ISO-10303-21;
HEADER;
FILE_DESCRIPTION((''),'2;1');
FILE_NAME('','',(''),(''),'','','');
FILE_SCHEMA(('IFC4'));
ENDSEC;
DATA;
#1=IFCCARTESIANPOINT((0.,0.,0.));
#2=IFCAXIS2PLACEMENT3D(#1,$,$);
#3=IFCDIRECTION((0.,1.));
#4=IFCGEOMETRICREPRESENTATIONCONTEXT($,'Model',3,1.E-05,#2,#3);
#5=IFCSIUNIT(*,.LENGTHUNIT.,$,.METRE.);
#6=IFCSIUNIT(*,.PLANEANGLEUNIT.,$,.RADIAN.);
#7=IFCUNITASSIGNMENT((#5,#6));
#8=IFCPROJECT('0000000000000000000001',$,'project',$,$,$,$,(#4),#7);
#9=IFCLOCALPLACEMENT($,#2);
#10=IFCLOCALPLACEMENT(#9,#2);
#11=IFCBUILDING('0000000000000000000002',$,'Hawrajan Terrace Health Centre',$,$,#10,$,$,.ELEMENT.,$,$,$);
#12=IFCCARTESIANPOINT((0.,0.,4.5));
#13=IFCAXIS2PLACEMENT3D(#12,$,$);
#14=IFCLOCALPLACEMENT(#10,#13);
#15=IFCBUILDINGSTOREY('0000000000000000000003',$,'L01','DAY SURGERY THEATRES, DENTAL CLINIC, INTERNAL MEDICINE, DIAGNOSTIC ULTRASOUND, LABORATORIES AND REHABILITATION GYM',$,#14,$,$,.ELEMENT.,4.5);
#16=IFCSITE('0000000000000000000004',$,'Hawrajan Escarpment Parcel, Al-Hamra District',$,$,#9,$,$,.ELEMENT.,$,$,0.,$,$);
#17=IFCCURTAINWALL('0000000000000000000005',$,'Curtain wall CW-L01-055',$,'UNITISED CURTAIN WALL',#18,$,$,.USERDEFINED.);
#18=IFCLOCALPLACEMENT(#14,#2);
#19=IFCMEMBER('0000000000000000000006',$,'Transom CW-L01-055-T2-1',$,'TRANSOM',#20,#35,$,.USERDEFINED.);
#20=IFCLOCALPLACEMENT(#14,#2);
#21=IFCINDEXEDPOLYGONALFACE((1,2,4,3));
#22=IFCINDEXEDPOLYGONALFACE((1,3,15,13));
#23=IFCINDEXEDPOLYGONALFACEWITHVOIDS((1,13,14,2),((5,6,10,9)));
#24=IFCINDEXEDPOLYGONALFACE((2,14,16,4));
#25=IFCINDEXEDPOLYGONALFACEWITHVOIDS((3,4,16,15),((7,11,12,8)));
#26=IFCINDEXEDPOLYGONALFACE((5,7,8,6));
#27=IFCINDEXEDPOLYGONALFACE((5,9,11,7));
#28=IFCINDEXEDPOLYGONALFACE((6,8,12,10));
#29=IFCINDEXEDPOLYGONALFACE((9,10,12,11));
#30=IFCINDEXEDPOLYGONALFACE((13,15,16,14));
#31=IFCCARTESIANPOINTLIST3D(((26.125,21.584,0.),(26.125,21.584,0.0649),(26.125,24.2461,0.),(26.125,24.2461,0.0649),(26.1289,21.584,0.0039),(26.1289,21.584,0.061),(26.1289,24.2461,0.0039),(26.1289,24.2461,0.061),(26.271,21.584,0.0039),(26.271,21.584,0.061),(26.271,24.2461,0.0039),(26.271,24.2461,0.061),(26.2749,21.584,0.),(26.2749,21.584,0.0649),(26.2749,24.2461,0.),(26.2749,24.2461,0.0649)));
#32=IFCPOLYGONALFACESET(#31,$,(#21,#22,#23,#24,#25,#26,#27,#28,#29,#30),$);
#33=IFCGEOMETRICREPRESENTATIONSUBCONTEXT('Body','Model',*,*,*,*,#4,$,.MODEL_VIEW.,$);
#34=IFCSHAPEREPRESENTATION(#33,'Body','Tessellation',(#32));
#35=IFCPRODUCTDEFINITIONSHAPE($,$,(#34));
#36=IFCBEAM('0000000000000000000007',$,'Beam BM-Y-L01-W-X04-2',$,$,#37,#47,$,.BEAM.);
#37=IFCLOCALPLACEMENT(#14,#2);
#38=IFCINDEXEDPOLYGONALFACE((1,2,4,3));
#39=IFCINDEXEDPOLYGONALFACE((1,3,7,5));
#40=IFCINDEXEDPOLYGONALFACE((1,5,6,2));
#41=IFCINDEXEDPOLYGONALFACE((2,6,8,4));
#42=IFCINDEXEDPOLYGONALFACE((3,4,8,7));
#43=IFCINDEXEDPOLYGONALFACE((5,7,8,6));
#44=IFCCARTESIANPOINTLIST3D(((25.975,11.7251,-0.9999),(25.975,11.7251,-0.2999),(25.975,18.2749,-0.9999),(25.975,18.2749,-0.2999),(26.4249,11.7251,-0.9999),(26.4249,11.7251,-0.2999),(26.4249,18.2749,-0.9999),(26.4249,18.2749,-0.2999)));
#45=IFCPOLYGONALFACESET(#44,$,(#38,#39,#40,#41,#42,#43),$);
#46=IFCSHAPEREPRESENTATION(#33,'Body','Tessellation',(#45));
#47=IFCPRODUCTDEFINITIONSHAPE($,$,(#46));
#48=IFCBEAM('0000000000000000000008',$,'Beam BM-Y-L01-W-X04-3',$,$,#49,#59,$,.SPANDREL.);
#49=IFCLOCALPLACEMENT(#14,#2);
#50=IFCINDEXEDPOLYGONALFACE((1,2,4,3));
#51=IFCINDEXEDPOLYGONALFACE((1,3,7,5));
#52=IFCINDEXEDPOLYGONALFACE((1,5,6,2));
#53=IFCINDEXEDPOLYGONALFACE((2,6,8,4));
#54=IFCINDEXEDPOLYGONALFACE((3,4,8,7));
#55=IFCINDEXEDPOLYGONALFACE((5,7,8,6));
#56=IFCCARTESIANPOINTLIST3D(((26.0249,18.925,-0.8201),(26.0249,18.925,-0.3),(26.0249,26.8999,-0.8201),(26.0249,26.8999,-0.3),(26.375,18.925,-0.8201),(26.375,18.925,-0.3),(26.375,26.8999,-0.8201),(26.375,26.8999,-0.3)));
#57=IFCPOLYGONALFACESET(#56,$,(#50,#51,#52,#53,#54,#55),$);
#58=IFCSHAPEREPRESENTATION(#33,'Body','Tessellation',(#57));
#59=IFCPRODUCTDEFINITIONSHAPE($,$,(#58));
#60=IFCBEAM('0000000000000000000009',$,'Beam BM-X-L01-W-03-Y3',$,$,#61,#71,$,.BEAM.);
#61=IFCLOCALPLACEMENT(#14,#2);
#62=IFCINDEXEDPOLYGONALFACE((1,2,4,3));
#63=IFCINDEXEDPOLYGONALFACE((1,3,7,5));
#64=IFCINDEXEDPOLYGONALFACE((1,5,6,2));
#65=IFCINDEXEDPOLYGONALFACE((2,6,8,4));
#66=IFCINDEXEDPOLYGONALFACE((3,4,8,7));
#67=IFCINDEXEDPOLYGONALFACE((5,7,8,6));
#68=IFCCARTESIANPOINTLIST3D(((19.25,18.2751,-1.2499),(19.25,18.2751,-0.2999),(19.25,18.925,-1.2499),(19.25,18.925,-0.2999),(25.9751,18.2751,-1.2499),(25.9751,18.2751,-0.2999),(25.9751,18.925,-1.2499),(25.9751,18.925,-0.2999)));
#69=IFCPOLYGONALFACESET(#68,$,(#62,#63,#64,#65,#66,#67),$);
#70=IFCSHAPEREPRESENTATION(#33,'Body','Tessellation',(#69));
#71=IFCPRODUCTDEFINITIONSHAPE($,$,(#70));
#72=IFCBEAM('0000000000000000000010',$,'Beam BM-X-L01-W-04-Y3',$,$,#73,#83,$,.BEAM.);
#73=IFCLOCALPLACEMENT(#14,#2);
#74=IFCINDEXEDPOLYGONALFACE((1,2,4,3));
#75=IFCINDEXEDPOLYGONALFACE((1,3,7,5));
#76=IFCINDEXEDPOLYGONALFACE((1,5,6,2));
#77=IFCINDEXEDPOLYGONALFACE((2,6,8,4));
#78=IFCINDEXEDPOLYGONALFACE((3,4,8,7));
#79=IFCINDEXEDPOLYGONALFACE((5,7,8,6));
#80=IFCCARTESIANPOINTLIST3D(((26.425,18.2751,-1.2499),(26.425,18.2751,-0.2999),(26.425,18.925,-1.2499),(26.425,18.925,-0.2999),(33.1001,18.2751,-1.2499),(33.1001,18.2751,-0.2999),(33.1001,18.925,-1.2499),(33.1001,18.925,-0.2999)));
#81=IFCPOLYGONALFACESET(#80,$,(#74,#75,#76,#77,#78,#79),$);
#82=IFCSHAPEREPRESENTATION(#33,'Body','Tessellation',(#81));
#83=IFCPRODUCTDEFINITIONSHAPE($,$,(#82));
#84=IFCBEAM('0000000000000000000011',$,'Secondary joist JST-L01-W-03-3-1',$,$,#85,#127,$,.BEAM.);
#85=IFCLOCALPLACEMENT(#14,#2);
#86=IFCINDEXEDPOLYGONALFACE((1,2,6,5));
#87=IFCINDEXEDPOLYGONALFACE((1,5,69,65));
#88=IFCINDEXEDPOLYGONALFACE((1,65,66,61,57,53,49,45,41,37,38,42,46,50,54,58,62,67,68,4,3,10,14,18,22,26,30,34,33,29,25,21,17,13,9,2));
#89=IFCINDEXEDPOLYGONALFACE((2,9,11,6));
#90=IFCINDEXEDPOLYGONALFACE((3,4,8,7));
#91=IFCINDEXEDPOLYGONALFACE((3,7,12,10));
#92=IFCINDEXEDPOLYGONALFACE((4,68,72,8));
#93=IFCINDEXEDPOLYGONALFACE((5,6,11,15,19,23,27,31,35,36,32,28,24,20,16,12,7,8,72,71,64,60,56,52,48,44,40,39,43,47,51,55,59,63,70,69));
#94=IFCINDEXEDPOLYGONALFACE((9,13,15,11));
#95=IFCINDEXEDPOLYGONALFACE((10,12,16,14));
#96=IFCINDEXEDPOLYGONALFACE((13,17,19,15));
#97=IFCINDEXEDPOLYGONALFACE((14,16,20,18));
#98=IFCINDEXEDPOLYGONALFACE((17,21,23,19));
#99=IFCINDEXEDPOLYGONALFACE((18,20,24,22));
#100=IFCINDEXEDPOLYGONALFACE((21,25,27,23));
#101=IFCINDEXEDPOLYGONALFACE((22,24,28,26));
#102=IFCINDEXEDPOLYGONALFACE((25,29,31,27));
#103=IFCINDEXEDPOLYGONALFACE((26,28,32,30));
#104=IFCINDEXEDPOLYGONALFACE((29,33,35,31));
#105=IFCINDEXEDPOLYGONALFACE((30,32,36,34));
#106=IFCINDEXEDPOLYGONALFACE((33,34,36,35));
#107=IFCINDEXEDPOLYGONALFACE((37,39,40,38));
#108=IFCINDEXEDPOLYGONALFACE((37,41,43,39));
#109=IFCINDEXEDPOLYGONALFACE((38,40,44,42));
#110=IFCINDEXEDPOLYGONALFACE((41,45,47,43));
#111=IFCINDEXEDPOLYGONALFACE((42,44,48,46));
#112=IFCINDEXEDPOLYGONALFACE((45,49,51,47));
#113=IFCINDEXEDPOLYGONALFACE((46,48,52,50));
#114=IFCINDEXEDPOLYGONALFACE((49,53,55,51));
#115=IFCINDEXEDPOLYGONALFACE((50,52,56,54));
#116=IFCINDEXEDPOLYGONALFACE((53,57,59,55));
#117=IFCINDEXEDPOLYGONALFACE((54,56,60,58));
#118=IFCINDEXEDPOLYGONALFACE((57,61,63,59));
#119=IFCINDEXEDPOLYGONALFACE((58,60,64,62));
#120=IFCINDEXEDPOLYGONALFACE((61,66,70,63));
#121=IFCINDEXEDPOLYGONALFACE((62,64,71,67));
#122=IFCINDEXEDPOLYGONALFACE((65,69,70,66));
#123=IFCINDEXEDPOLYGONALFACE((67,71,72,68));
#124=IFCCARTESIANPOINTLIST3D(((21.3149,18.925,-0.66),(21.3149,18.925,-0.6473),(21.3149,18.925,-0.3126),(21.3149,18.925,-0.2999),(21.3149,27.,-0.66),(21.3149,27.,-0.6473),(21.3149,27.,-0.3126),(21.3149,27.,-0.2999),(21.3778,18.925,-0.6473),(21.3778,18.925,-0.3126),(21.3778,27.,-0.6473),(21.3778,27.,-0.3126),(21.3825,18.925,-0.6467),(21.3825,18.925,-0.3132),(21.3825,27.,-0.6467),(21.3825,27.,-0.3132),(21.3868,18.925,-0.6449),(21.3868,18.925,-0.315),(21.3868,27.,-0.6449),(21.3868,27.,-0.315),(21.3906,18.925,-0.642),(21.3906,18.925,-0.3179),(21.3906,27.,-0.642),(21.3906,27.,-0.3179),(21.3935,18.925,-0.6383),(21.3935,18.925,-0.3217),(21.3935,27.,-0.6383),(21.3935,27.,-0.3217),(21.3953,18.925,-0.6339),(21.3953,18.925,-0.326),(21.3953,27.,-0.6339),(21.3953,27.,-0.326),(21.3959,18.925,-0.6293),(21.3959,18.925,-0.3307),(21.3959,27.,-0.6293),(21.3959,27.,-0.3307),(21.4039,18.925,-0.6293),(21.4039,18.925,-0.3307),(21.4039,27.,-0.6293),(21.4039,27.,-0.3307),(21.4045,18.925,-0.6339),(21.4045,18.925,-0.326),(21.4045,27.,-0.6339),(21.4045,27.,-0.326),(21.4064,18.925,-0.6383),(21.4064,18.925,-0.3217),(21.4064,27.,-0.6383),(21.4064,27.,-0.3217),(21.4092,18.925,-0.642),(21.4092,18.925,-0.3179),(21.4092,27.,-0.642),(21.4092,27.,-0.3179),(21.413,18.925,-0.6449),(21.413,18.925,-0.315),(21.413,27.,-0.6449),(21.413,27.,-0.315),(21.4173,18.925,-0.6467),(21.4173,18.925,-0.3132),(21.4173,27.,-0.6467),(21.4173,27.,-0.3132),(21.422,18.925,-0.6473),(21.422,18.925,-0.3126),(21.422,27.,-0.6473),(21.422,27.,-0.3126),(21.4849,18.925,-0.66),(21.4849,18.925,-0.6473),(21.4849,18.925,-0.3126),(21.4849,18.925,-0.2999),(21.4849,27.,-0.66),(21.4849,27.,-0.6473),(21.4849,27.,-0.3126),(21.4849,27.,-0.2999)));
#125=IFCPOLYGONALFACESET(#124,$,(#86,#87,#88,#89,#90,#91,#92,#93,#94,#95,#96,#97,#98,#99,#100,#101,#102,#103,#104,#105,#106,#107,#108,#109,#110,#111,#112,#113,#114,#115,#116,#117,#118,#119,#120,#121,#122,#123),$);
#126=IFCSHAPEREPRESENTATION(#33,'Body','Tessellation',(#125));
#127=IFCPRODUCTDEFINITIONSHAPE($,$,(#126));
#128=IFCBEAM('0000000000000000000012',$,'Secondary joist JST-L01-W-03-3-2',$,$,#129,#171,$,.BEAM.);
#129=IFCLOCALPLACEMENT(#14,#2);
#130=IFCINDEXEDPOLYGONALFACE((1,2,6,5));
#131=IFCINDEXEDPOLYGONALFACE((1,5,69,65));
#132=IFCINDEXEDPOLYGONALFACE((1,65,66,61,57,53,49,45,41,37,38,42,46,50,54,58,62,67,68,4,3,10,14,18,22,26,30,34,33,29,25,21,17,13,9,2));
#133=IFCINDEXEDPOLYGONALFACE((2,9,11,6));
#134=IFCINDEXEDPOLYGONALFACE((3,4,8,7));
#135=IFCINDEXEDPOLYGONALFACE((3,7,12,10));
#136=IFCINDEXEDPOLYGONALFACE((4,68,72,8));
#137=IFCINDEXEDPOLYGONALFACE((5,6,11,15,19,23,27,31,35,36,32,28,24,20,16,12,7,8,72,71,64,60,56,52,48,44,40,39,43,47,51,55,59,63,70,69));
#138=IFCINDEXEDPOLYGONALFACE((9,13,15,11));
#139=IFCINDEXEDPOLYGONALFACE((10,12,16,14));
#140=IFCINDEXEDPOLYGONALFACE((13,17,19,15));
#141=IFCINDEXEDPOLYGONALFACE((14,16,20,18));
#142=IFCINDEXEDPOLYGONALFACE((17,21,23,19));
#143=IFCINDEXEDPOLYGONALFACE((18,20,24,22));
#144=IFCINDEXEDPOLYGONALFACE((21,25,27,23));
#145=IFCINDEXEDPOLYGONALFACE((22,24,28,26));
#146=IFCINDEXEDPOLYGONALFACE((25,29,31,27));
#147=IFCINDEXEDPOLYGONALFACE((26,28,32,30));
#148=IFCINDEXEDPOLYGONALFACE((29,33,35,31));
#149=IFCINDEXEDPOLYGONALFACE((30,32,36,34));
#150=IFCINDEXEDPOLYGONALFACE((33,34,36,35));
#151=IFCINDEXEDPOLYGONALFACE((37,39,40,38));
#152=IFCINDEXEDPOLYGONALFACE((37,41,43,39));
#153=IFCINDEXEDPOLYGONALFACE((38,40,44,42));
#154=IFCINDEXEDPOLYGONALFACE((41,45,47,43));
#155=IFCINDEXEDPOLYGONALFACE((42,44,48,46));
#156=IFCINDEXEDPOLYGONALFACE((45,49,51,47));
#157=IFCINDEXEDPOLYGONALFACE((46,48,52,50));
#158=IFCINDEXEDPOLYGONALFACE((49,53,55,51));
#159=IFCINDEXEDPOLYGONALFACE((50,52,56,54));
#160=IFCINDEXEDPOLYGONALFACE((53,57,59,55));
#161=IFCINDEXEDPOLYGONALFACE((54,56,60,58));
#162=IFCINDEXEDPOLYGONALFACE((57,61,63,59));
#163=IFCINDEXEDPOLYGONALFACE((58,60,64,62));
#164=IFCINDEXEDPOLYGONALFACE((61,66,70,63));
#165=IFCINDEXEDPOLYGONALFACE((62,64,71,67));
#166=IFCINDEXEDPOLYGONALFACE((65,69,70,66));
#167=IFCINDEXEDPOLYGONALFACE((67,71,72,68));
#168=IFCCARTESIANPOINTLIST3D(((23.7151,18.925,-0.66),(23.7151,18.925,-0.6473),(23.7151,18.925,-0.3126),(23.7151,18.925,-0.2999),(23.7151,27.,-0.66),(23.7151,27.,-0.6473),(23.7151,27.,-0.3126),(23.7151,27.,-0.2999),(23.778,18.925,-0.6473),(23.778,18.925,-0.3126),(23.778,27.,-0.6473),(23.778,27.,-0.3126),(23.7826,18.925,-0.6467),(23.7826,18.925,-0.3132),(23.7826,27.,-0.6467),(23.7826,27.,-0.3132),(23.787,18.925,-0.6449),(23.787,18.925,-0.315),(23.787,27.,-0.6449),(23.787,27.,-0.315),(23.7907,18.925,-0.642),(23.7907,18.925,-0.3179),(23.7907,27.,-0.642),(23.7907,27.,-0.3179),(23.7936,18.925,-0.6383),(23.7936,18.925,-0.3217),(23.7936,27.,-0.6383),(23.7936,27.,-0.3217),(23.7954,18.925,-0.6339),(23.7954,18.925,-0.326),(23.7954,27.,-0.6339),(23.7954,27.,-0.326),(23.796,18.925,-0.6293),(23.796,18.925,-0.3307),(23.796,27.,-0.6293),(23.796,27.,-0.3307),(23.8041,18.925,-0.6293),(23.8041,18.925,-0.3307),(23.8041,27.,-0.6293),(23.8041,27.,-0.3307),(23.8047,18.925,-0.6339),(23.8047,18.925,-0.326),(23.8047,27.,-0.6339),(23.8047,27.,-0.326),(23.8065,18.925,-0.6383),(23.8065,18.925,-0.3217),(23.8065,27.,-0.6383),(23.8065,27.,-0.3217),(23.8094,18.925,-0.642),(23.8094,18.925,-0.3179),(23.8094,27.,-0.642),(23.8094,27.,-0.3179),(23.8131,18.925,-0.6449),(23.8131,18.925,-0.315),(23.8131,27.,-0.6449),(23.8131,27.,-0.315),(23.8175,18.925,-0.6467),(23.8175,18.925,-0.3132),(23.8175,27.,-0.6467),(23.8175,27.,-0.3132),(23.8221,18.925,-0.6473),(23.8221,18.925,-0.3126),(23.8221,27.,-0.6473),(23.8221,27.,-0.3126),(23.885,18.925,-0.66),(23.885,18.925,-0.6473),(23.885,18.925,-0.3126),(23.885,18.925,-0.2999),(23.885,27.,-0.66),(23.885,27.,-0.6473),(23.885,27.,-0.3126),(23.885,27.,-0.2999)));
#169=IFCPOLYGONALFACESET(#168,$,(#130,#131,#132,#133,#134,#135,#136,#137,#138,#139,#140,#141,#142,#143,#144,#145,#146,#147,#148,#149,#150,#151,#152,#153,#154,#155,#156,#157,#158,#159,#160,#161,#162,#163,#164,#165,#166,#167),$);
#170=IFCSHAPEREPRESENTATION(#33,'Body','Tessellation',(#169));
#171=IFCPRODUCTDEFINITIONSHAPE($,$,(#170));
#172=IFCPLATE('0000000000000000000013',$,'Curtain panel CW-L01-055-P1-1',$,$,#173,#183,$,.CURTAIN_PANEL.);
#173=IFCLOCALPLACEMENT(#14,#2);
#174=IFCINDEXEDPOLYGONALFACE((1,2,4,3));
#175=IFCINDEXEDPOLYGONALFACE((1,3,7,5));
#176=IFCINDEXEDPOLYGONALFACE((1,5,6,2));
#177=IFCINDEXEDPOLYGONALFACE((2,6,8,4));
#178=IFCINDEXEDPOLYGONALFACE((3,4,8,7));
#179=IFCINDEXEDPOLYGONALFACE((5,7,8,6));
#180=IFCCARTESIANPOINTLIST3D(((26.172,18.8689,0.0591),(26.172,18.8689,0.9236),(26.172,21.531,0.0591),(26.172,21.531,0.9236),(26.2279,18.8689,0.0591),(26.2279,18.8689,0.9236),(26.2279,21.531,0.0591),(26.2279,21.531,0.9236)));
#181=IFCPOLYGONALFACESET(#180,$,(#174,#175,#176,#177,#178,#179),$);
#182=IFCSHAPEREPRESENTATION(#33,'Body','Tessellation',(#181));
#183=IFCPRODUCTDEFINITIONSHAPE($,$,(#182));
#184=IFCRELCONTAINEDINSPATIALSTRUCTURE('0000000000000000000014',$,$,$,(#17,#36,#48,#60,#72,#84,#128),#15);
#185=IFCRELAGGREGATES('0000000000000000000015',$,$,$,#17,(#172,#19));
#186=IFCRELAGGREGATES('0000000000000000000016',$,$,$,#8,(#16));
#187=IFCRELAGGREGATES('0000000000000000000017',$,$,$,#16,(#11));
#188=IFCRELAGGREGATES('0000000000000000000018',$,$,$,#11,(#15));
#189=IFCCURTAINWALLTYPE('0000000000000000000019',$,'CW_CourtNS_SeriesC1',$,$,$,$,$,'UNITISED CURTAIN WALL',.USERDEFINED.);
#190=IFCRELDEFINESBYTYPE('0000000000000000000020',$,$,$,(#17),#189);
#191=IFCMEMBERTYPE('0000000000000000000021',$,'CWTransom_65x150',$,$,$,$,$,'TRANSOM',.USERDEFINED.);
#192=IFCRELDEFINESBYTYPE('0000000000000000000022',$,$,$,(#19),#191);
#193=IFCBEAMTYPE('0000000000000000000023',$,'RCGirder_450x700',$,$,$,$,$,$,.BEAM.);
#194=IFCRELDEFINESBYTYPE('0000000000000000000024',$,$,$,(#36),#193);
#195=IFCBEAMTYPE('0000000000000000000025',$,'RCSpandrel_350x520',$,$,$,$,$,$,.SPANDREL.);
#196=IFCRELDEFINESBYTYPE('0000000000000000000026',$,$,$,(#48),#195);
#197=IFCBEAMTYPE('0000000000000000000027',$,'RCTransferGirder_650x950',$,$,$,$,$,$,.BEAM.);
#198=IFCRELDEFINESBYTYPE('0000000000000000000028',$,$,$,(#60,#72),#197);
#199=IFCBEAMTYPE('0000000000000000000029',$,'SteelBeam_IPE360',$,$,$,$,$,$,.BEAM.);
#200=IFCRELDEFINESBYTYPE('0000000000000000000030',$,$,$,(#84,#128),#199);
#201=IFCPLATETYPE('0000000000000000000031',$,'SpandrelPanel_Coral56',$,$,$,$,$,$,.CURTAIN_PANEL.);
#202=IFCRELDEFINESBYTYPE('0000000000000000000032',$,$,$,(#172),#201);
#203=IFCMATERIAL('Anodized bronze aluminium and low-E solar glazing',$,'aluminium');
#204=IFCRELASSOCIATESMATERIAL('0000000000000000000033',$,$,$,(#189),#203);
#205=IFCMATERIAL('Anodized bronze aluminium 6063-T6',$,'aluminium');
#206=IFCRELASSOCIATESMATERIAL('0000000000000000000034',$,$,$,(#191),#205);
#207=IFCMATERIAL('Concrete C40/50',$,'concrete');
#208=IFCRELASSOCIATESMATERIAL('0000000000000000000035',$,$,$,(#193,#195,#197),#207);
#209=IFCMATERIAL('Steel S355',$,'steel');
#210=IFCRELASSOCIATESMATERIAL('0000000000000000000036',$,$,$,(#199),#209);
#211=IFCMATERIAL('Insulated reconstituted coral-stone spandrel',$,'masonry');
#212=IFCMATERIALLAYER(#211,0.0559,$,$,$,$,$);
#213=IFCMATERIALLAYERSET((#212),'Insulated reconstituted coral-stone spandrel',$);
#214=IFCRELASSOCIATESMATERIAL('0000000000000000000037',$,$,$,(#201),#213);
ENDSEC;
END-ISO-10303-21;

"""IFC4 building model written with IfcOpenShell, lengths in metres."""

from ifc_helpers import new_model, si_unit, direction, frame, origin, origin_2d, place, context, subcontext, project, spatial, rectangle, hollow_rectangle, i_section, extrude, material, layer, layer_set, material_profile, profile_set, type_object, element, aggregate, save


model = new_model("IFC4")

# Units and contexts
model_context = context("Model", 3, precision=1e-05, world=origin(), true_north=direction((0.0, 1.0)))
body_context = subcontext(model_context, "Body", "Model", "MODEL_VIEW")
ifc_project = project(units=[si_unit("LENGTHUNIT", "METRE"), si_unit("PLANEANGLEUNIT", "RADIAN")], contexts=[model_context])

# Site, building, storey
site_placement = place(None, origin())
site = spatial("IfcSite", under=ifc_project, at=site_placement, Name="Hawrajan Escarpment Parcel, Al-Hamra District", CompositionType="ELEMENT", RefElevation=0.0)
building_placement = place(site_placement, origin())
building = spatial("IfcBuilding", under=site, at=building_placement, Name="Hawrajan Terrace Health Centre", CompositionType="ELEMENT")
storey_placement = place(building_placement, frame((0.0, 0.0, 4.5)))
storey = spatial("IfcBuildingStorey", under=building, at=storey_placement, Name="L01", Description="DAY SURGERY THEATRES, DENTAL CLINIC, INTERNAL MEDICINE, DIAGNOSTIC ULTRASOUND, LABORATORIES AND REHABILITATION GYM", CompositionType="ELEMENT", Elevation=4.5)

# Shared definitions
ifc_material_1 = material(Name="Anodized bronze aluminium and low-E solar glazing", Category="aluminium")
ifc_material_2 = material(Name="Anodized bronze aluminium 6063-T6", Category="aluminium")

# Curtain wall
curtain_wall_type_1 = type_object("IfcCurtainWallType", Name="CW_CourtNS_SeriesC1", ElementType="UNITISED CURTAIN WALL", PredefinedType="USERDEFINED", material=ifc_material_1)
curtain_wall_1_placement = place(storey_placement, origin())
curtain_wall_1 = element("IfcCurtainWall", 1, at=curtain_wall_1_placement, inside=storey, type_object=curtain_wall_type_1, Name="Curtain wall CW-L01-055", ObjectType="UNITISED CURTAIN WALL", PredefinedType="USERDEFINED")

# Member
ifc_material_profile_1 = material_profile(ifc_material_2, hollow_rectangle(XDim=0.0649, YDim=0.1499, WallThickness=0.0039, at=origin_2d()), Name="CW TRN 65x150")
ifc_profile_set_1 = profile_set([ifc_material_profile_1], Name="Anodized bronze aluminium 6063-T6")
member_type_1 = type_object("IfcMemberType", Name="CWTransom_65x150", ElementType="TRANSOM", PredefinedType="USERDEFINED", material=ifc_profile_set_1)
member_1_placement = place(storey_placement, frame((26.2, 21.584, 0.0325), z_axis=(0.0, 1.0, 0.0), x_axis=(0.0, 0.0, 1.0)))
member_1 = element("IfcMember", 2, at=member_1_placement, type_object=member_type_1, Name="Transom CW-L01-055-T2-1", ObjectType="TRANSOM", PredefinedType="USERDEFINED", context=body_context, shape_type="SweptSolid", body=[
    extrude(hollow_rectangle(XDim=0.0649, YDim=0.1499, WallThickness=0.0039, at=origin_2d()), origin(), (0.0, 0.0, 1.0), 2.6621),
])

# Beams
ifc_material_3 = material(Name="Concrete C40/50", Category="concrete")
ifc_material_profile_2 = material_profile(ifc_material_3, rectangle(XDim=0.45, YDim=0.7, at=origin_2d()), Name="RC BM 450x700")
ifc_profile_set_2 = profile_set([ifc_material_profile_2], Name="Concrete C40/50")
beam_type_1 = type_object("IfcBeamType", Name="RCGirder_450x700", PredefinedType="BEAM", material=ifc_profile_set_2)
beam_1_placement = place(storey_placement, frame((26.2, 11.7251, -0.6499), z_axis=(0.0, 1.0, 0.0), x_axis=(-1.0, 0.0, 0.0)))
element("IfcBeam", 3, at=beam_1_placement, inside=storey, type_object=beam_type_1, Name="Beam BM-Y-L01-W-X04-2", PredefinedType="BEAM", context=body_context, shape_type="SweptSolid", body=[
    extrude(rectangle(XDim=0.45, YDim=0.7, at=origin_2d()), origin(), (0.0, 0.0, 1.0), 6.5498),
])
ifc_material_profile_3 = material_profile(ifc_material_3, rectangle(XDim=0.3501, YDim=0.52, at=origin_2d()), Name="RC SP 350x520")
ifc_profile_set_3 = profile_set([ifc_material_profile_3], Name="Concrete C40/50")
beam_type_2 = type_object("IfcBeamType", Name="RCSpandrel_350x520", PredefinedType="SPANDREL", material=ifc_profile_set_3)
beam_2_placement = place(storey_placement, frame((26.2, 18.925, -0.5601), z_axis=(0.0, 1.0, 0.0), x_axis=(-1.0, 0.0, 0.0)))
element("IfcBeam", 4, at=beam_2_placement, inside=storey, type_object=beam_type_2, Name="Beam BM-Y-L01-W-X04-3", PredefinedType="SPANDREL", context=body_context, shape_type="SweptSolid", body=[
    extrude(rectangle(XDim=0.3501, YDim=0.52, at=origin_2d()), origin(), (0.0, 0.0, 1.0), 7.9749),
])
ifc_material_profile_4 = material_profile(ifc_material_3, rectangle(XDim=0.6499, YDim=0.95, at=origin_2d()), Name="RC TG 650x950")
ifc_profile_set_4 = profile_set([ifc_material_profile_4], Name="Concrete C40/50")
beam_type_3 = type_object("IfcBeamType", Name="RCTransferGirder_650x950", PredefinedType="BEAM", material=ifc_profile_set_4)
beam_3_placement = place(storey_placement, frame((19.25, 18.6001, -0.7749), z_axis=(1.0, 0.0, 0.0), x_axis=(0.0, 1.0, 0.0)))
element("IfcBeam", 5, at=beam_3_placement, inside=storey, type_object=beam_type_3, Name="Beam BM-X-L01-W-03-Y3", PredefinedType="BEAM", context=body_context, shape_type="SweptSolid", body=[
    extrude(rectangle(XDim=0.6499, YDim=0.95, at=origin_2d()), origin(), (0.0, 0.0, 1.0), 6.7251),
])
beam_4_placement = place(storey_placement, frame((26.425, 18.6001, -0.7749), z_axis=(1.0, 0.0, 0.0), x_axis=(0.0, 1.0, 0.0)))
element("IfcBeam", 6, at=beam_4_placement, inside=storey, type_object=beam_type_3, Name="Beam BM-X-L01-W-04-Y3", PredefinedType="BEAM", context=body_context, shape_type="SweptSolid", body=[
    extrude(rectangle(XDim=0.6499, YDim=0.95, at=origin_2d()), origin(), (0.0, 0.0, 1.0), 6.675),
])
ifc_material_4 = material(Name="Steel S355", Category="steel")
ifc_material_profile_5 = material_profile(ifc_material_4, i_section(OverallWidth=0.1699, OverallDepth=0.3601, WebThickness=0.0081, FlangeThickness=0.0127, FilletRadius=0.0181, at=origin_2d()), Name="IPE 360")
ifc_profile_set_5 = profile_set([ifc_material_profile_5], Name="Steel S355")
beam_type_4 = type_object("IfcBeamType", Name="SteelBeam_IPE360", PredefinedType="BEAM", material=ifc_profile_set_5)
for number, where, z_axis, x_axis, name in (
    (7, (21.3999, 18.925, -0.48), (0.0, 1.0, 0.0), (-1.0, 0.0, 0.0), "Secondary joist JST-L01-W-03-3-1"),
    (8, (23.8, 18.925, -0.48), (0.0, 1.0, 0.0), (-1.0, 0.0, 0.0), "Secondary joist JST-L01-W-03-3-2"),
):
    element("IfcBeam", number, at=place(storey_placement, frame(where, z_axis=z_axis, x_axis=x_axis)), inside=storey, type_object=beam_type_4, Name=name, PredefinedType="BEAM", context=body_context, shape_type="SweptSolid", body=[
        extrude(i_section(OverallWidth=0.1699, OverallDepth=0.3601, WebThickness=0.0081, FlangeThickness=0.0127, FilletRadius=0.0181, at=origin_2d()), origin(), (0.0, 0.0, 1.0), 8.075),
    ])

# Plate
ifc_material_5 = material(Name="Insulated reconstituted coral-stone spandrel", Category="masonry")
ifc_layer_1 = layer(ifc_material_5, 0.0559)
ifc_layer_set_1 = layer_set([ifc_layer_1], Name="Insulated reconstituted coral-stone spandrel")
plate_type_1 = type_object("IfcPlateType", Name="SpandrelPanel_Coral56", PredefinedType="CURTAIN_PANEL", material=ifc_layer_set_1)
plate_1_placement = place(storey_placement, frame((26.2, 20.2, 0.0591), z_axis=(0.0, 0.0, 1.0), x_axis=(0.0, 1.0, 0.0)))
plate_1 = element("IfcPlate", 9, at=plate_1_placement, type_object=plate_type_1, Name="Curtain panel CW-L01-055-P1-1", PredefinedType="CURTAIN_PANEL", context=body_context, shape_type="SweptSolid", body=[
    extrude(rectangle(XDim=2.6621, YDim=0.0559, at=origin_2d()), origin(), (0.0, 0.0, 1.0), 0.8645),
])
aggregate(curtain_wall_1, [plate_1, member_1])

save(model, "model.ifc")
